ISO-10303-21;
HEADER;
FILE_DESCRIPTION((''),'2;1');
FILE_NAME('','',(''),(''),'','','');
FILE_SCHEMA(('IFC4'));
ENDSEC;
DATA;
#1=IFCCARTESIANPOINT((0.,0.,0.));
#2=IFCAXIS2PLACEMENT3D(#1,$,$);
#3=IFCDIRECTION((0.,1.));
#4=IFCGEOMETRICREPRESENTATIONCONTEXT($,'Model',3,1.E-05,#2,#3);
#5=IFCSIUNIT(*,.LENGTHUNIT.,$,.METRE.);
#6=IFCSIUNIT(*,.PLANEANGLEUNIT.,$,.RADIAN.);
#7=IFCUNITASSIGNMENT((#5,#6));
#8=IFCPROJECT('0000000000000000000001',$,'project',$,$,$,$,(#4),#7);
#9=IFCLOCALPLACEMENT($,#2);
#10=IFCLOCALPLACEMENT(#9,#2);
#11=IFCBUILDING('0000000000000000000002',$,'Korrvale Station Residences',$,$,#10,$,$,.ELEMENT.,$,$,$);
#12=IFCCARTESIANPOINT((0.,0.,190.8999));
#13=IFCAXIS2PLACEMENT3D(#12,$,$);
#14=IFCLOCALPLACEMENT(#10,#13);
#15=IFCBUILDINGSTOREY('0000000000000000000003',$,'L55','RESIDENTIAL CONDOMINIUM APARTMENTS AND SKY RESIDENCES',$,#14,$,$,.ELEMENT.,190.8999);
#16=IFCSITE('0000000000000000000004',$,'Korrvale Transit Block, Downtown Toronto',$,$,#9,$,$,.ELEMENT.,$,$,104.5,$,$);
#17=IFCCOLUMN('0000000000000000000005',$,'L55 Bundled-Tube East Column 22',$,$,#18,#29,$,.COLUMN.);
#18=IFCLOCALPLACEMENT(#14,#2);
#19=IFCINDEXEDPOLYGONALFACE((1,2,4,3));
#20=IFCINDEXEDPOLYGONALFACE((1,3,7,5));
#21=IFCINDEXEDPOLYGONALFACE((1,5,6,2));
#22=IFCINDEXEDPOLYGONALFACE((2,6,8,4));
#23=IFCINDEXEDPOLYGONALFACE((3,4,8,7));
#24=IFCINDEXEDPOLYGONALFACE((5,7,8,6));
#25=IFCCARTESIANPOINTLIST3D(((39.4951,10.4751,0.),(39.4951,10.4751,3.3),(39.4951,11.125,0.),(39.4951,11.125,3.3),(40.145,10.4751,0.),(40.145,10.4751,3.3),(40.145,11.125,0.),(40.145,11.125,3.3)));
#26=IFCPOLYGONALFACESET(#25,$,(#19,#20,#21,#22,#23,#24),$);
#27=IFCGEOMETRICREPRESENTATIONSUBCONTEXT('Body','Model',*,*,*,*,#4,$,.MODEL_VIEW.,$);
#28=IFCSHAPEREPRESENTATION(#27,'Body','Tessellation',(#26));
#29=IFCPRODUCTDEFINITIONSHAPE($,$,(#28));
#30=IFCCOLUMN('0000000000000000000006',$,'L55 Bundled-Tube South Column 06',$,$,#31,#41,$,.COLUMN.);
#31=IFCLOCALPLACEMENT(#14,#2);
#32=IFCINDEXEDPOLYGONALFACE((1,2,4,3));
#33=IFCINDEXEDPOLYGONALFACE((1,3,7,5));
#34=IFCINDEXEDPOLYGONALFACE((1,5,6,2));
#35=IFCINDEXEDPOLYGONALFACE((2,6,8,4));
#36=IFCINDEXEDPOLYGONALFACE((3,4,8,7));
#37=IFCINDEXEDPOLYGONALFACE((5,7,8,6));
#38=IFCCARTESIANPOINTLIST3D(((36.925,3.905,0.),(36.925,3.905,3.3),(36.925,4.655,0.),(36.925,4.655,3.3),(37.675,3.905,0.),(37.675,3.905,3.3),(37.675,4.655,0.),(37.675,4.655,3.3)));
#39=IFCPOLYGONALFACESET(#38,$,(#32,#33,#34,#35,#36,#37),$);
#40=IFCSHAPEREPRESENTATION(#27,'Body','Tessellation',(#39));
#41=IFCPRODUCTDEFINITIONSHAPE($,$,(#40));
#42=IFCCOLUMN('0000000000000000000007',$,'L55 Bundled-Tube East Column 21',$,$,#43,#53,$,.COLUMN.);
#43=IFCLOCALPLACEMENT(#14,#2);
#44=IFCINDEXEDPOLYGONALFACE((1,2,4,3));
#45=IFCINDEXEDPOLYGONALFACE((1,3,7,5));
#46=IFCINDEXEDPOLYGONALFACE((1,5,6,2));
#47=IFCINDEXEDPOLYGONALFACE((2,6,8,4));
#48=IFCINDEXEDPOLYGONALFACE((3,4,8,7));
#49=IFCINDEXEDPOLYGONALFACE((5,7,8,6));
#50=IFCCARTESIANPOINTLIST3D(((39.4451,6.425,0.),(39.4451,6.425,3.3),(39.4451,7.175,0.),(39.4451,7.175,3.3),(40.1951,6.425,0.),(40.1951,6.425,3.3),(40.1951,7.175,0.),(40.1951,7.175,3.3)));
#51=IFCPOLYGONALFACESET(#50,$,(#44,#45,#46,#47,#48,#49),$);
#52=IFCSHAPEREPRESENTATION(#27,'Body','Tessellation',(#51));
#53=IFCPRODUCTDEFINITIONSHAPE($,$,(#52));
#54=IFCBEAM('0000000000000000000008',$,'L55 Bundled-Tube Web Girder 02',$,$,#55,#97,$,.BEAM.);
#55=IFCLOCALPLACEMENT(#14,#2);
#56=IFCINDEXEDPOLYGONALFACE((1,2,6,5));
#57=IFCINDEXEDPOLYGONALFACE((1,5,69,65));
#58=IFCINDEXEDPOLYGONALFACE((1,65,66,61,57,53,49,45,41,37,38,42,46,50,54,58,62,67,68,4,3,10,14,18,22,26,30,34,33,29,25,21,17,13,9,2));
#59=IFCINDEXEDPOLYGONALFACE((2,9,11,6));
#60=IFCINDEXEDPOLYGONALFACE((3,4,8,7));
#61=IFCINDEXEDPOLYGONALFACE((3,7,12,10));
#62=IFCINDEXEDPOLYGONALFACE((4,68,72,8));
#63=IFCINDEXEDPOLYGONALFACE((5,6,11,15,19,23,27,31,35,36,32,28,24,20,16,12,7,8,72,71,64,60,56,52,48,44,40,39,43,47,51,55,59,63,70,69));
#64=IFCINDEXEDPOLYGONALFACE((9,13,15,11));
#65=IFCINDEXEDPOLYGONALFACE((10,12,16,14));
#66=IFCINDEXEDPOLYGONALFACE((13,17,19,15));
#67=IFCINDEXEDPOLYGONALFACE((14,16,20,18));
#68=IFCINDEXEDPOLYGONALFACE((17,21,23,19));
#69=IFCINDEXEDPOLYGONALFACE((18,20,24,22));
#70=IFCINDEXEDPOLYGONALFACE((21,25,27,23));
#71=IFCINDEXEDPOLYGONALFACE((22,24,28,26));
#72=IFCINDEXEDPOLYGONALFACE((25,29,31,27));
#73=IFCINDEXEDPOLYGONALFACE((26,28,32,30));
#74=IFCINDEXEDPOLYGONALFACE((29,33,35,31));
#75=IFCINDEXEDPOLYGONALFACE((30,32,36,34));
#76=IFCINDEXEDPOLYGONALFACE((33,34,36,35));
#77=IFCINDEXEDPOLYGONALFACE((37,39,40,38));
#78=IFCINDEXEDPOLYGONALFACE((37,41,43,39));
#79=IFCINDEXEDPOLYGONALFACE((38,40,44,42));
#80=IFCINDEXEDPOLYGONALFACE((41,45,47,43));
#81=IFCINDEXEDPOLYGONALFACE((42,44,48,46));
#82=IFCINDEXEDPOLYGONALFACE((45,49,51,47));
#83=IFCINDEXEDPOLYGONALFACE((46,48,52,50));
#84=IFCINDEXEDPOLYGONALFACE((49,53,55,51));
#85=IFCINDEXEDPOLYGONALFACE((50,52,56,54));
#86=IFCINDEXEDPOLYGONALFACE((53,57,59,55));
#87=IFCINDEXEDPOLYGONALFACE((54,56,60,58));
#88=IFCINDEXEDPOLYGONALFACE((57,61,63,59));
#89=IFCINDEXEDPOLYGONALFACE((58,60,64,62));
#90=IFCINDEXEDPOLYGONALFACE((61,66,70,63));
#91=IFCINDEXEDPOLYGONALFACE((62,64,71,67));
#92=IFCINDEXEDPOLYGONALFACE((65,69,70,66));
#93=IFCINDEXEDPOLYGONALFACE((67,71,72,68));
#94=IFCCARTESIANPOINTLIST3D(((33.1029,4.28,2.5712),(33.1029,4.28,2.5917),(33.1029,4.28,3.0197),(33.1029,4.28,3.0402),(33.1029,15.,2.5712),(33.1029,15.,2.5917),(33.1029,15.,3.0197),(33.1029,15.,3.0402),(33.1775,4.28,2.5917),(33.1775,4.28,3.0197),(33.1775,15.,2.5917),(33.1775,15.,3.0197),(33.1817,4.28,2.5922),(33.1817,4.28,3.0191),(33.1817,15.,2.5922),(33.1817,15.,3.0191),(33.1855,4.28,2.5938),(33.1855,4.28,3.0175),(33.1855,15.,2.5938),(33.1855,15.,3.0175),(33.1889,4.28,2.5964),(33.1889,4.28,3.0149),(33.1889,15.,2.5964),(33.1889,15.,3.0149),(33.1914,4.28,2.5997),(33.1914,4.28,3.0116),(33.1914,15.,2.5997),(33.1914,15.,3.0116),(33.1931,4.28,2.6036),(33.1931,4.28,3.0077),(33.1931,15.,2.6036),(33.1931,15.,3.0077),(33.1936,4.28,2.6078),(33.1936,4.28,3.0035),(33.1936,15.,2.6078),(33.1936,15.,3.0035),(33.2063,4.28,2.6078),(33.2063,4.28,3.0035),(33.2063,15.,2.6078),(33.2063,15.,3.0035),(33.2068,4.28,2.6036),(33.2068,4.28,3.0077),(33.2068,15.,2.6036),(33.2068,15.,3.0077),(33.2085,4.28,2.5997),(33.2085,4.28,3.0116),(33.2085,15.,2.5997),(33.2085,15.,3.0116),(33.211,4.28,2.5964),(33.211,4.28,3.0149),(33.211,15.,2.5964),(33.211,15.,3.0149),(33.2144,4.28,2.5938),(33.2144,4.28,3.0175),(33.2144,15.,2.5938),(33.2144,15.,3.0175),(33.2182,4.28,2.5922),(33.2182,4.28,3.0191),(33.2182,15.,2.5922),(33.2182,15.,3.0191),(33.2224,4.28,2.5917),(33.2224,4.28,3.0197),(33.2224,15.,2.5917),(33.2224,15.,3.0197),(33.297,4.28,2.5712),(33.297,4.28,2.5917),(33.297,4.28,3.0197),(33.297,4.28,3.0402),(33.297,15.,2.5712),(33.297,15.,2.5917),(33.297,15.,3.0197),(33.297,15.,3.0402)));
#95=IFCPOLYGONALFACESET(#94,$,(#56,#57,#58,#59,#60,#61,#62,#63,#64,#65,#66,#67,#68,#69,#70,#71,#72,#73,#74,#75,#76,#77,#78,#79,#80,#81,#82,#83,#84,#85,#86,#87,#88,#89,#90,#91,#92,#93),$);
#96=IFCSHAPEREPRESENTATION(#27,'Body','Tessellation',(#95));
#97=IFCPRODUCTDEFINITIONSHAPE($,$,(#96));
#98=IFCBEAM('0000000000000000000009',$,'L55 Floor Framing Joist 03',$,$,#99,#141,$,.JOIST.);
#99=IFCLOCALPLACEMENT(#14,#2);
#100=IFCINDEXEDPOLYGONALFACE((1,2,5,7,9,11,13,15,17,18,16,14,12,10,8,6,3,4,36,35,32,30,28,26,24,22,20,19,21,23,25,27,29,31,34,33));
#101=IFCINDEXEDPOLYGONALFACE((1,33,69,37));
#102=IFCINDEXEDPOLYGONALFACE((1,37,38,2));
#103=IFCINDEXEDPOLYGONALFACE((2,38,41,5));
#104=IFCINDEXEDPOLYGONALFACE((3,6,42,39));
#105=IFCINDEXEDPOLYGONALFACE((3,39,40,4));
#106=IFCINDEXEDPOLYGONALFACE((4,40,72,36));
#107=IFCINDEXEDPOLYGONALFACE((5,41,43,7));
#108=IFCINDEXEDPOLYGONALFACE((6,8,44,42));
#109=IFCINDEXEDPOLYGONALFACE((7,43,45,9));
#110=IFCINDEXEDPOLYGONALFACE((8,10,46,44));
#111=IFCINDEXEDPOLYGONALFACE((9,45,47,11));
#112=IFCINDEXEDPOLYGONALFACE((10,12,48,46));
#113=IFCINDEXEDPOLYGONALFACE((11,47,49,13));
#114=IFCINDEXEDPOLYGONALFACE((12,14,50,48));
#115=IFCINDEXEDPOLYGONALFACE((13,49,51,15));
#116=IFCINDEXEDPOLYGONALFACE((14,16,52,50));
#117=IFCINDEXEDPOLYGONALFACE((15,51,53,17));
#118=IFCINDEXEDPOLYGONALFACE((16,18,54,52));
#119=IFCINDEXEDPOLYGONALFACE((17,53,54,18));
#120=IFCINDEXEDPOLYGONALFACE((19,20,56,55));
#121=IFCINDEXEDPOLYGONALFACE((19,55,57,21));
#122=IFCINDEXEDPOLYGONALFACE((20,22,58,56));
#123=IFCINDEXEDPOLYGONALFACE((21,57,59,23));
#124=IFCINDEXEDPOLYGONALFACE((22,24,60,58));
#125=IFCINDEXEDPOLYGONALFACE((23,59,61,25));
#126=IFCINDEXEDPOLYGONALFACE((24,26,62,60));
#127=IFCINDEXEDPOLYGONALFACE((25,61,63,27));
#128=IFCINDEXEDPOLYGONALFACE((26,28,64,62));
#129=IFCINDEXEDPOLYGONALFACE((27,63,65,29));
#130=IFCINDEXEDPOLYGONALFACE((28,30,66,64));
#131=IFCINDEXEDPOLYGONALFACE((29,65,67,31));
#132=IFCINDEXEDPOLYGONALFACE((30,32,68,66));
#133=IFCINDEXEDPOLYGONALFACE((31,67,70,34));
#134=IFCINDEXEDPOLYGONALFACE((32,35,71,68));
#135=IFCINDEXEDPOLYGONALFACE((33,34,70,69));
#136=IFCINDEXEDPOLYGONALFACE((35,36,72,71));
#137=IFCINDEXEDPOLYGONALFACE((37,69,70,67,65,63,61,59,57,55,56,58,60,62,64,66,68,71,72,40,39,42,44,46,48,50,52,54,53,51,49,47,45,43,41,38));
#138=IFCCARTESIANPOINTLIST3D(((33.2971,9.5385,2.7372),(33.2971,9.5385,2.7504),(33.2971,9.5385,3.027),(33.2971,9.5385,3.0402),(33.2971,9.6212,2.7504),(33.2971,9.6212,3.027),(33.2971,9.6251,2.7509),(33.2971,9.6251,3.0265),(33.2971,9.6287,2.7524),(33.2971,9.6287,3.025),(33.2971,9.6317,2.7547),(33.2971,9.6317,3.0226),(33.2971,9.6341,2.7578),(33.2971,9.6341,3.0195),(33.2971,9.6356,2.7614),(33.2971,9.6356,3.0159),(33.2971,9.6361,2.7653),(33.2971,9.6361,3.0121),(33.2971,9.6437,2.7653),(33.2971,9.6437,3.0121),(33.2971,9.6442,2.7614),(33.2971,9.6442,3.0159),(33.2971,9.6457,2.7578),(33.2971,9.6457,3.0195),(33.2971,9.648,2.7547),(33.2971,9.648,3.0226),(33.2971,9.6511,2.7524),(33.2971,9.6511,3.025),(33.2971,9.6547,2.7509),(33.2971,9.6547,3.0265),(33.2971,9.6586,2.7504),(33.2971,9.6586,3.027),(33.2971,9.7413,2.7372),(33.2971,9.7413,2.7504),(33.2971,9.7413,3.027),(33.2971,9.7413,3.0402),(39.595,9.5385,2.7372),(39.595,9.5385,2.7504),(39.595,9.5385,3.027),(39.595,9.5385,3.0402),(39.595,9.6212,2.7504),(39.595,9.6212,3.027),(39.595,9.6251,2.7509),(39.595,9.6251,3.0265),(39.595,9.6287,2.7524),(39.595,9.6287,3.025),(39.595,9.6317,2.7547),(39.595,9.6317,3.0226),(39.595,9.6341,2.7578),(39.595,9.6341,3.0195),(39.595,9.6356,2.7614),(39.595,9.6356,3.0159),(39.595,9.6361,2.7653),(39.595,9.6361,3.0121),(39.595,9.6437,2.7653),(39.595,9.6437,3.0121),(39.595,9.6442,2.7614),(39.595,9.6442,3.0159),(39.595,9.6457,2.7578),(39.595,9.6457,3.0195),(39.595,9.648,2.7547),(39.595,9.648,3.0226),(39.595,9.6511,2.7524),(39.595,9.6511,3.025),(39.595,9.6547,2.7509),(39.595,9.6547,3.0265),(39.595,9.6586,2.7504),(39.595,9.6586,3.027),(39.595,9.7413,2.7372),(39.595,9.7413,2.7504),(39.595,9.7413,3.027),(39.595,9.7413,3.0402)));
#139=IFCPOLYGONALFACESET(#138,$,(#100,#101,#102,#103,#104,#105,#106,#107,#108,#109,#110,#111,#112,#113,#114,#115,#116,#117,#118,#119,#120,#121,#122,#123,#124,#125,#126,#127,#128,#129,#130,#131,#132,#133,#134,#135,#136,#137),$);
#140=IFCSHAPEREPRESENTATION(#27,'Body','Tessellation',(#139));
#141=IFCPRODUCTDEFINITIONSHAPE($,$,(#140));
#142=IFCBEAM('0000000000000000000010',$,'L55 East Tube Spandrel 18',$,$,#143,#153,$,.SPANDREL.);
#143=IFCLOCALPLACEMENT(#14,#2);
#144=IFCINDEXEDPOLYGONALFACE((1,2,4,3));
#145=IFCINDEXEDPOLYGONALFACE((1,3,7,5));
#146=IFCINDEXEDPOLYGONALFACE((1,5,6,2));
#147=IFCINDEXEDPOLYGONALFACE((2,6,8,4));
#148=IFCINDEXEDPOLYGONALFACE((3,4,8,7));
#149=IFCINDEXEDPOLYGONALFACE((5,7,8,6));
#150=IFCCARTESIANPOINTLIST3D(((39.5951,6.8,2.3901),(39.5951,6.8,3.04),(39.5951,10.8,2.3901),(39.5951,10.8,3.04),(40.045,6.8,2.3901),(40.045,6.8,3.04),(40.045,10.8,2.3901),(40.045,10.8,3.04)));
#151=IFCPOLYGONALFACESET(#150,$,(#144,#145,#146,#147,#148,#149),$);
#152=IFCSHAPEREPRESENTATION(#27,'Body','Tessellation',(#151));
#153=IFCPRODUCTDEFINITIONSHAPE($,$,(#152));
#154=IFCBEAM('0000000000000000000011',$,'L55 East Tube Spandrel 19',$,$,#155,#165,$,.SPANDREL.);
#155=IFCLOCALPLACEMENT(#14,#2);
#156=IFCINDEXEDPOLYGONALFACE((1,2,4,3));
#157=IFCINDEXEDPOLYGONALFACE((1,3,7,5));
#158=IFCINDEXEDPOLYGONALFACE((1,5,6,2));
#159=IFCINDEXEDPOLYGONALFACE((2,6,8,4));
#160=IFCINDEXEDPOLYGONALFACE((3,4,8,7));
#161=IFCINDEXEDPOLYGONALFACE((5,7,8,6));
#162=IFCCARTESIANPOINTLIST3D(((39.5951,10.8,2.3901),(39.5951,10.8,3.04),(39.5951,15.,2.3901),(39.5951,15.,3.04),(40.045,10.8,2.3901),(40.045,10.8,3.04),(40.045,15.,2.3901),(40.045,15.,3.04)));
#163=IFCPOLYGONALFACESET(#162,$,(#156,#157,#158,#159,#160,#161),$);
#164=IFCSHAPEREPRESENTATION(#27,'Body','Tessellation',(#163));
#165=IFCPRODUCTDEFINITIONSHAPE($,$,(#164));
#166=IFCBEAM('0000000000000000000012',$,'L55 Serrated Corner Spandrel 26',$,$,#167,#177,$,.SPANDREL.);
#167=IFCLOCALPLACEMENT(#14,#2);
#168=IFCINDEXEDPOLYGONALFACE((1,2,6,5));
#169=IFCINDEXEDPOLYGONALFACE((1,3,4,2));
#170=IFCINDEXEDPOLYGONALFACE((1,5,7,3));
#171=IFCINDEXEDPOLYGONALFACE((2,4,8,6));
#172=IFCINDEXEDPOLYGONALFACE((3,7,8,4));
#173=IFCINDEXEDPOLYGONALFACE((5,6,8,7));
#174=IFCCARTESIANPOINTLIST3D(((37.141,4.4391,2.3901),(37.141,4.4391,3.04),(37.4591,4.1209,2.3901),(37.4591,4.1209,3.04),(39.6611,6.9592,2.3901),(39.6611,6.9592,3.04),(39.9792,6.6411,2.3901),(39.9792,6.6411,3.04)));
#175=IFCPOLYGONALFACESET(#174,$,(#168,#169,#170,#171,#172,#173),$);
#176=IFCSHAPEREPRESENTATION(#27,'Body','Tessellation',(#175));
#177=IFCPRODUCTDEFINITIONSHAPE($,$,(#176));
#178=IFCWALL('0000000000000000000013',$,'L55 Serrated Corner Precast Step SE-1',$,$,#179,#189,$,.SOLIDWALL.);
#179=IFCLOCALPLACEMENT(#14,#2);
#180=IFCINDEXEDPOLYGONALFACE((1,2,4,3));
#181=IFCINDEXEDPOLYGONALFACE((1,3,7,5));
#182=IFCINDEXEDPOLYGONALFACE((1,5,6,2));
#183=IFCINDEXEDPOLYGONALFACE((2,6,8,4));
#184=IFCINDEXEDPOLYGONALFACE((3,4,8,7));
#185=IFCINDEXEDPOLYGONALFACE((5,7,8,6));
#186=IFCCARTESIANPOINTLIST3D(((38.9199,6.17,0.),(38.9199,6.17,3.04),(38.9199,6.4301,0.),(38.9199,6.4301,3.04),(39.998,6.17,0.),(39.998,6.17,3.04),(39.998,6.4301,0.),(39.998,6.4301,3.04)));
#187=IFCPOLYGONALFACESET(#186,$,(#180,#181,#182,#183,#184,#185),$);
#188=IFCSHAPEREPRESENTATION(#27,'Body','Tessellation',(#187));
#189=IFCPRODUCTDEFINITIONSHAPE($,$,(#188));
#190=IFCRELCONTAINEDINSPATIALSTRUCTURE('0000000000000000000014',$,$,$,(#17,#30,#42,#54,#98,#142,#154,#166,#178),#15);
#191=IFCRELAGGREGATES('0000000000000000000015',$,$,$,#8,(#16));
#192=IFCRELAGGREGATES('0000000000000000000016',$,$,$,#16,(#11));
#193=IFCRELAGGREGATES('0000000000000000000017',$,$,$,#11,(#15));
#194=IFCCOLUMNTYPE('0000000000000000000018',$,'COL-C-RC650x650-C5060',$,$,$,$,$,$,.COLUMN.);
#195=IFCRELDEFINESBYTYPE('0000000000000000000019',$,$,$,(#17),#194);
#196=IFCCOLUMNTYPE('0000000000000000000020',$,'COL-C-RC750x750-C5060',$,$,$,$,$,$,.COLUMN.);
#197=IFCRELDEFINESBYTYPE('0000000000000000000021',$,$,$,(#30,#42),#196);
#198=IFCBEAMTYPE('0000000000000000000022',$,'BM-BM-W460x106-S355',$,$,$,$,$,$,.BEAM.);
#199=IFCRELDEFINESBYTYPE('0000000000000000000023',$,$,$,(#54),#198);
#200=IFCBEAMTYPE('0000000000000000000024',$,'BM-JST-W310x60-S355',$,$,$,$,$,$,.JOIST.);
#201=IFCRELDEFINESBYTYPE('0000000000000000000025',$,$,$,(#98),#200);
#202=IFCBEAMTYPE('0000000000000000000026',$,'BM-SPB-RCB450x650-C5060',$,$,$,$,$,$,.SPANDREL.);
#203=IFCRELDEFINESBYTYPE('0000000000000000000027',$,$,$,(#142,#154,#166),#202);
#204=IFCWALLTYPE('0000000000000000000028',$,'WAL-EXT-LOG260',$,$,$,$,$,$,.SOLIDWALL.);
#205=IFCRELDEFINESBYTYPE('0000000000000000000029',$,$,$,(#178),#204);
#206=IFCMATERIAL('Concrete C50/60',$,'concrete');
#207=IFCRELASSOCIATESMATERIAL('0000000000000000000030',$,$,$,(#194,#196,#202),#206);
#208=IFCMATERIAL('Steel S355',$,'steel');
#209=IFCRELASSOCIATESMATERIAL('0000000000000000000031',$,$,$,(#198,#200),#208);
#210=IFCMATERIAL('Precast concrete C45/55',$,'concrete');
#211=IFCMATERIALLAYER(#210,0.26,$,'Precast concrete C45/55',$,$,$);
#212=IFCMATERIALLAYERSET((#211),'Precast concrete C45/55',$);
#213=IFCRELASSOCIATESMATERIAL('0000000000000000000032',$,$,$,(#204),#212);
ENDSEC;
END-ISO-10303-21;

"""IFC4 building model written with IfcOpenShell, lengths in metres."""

from ifc_helpers import new_model, si_unit, direction, frame, frame_2d, origin, origin_2d, place, context, subcontext, project, spatial, rectangle, i_section, extrude, material, layer, layer_set, material_profile, profile_set, type_object, element, save


model = new_model("IFC4")

# Units and contexts
model_context = context("Model", 3, precision=1e-05, world=origin(), true_north=direction((0.0, 1.0)))
body_context = subcontext(model_context, "Body", "Model", "MODEL_VIEW")
ifc_project = project(units=[si_unit("LENGTHUNIT", "METRE"), si_unit("PLANEANGLEUNIT", "RADIAN")], contexts=[model_context])

# Site, building, storey
site_placement = place(None, origin())
site = spatial("IfcSite", under=ifc_project, at=site_placement, Name="Korrvale Transit Block, Downtown Toronto", CompositionType="ELEMENT", RefElevation=104.5)
building_placement = place(site_placement, origin())
building = spatial("IfcBuilding", under=site, at=building_placement, Name="Korrvale Station Residences", CompositionType="ELEMENT")
storey_placement = place(building_placement, frame((0.0, 0.0, 190.8999)))
storey = spatial("IfcBuildingStorey", under=building, at=storey_placement, Name="L55", Description="RESIDENTIAL CONDOMINIUM APARTMENTS AND SKY RESIDENCES", CompositionType="ELEMENT", Elevation=190.8999)

# Columns
ifc_material_1 = material(Name="Concrete C50/60", Category="concrete")
ifc_material_profile_1 = material_profile(ifc_material_1, rectangle(XDim=0.6499, YDim=0.6499, at=origin_2d()), Name="RC650x650")
ifc_profile_set_1 = profile_set([ifc_material_profile_1], Name="Concrete C50/60")
column_type_1 = type_object("IfcColumnType", Name="COL-C-RC650x650-C5060", PredefinedType="COLUMN", material=ifc_profile_set_1)
column_placement = place(storey_placement, frame((39.8201, 10.8, 0.0), z_axis=(0.0, 0.0, 1.0), x_axis=(1.0, 0.0, 0.0)))
element("IfcColumn", 1, at=column_placement, inside=storey, type_object=column_type_1, Name="L55 Bundled-Tube East Column 22", PredefinedType="COLUMN", context=body_context, shape_type="SweptSolid", body=[
    extrude(rectangle(XDim=0.6499, YDim=0.6499, at=origin_2d()), origin(), (0.0, 0.0, 1.0), 3.3),
])
ifc_material_profile_2 = material_profile(ifc_material_1, rectangle(XDim=0.75, YDim=0.75, at=origin_2d()), Name="RC750x750")
ifc_profile_set_2 = profile_set([ifc_material_profile_2], Name="Concrete C50/60")
column_type_2 = type_object("IfcColumnType", Name="COL-C-RC750x750-C5060", PredefinedType="COLUMN", material=ifc_profile_set_2)
for number, where, z_axis, x_axis, name in (
    (2, (37.3, 4.28, 0.0), (0.0, 0.0, 1.0), (1.0, 0.0, 0.0), "L55 Bundled-Tube South Column 06"),
    (3, (39.8201, 6.8, 0.0), (0.0, 0.0, 1.0), (1.0, 0.0, 0.0), "L55 Bundled-Tube East Column 21"),
):
    element("IfcColumn", number, at=place(storey_placement, frame(where, z_axis=z_axis, x_axis=x_axis)), inside=storey, type_object=column_type_2, Name=name, PredefinedType="COLUMN", context=body_context, shape_type="SweptSolid", body=[
        extrude(rectangle(XDim=0.75, YDim=0.75, at=origin_2d()), origin(), (0.0, 0.0, 1.0), 3.3),
    ])

# Beams
ifc_material_2 = material(Name="Steel S355", Category="steel")
ifc_material_profile_3 = material_profile(ifc_material_2, i_section(OverallWidth=0.1941, OverallDepth=0.469, WebThickness=0.0127, FlangeThickness=0.0205, FilletRadius=0.0161, at=origin_2d()), Name="W460x106")
ifc_profile_set_3 = profile_set([ifc_material_profile_3], Name="Steel S355")
beam_type_1 = type_object("IfcBeamType", Name="BM-BM-W460x106-S355", PredefinedType="BEAM", material=ifc_profile_set_3)
beam_1_placement = place(storey_placement, frame((33.2, 4.28, 2.8057), z_axis=(0.0, 1.0, 0.0), x_axis=(-1.0, 0.0, 0.0)))
element("IfcBeam", 4, at=beam_1_placement, inside=storey, type_object=beam_type_1, Name="L55 Bundled-Tube Web Girder 02", PredefinedType="BEAM", context=body_context, shape_type="SweptSolid", body=[
    extrude(i_section(OverallWidth=0.1941, OverallDepth=0.469, WebThickness=0.0127, FlangeThickness=0.0205, FilletRadius=0.0161, at=origin_2d()), origin(), (0.0, 0.0, 1.0), 10.72),
])
ifc_material_profile_4 = material_profile(ifc_material_2, i_section(OverallWidth=0.2029, OverallDepth=0.303, WebThickness=0.0076, FlangeThickness=0.0132, FilletRadius=0.0149, at=origin_2d()), Name="W310x60")
ifc_profile_set_4 = profile_set([ifc_material_profile_4], Name="Steel S355")
beam_type_2 = type_object("IfcBeamType", Name="BM-JST-W310x60-S355", PredefinedType="JOIST", material=ifc_profile_set_4)
beam_2_placement = place(storey_placement, frame((33.2971, 9.6399, 2.8887), z_axis=(1.0, 0.0, 0.0), x_axis=(0.0, 1.0, 0.0)))
element("IfcBeam", 5, at=beam_2_placement, inside=storey, type_object=beam_type_2, Name="L55 Floor Framing Joist 03", PredefinedType="JOIST", context=body_context, shape_type="SweptSolid", body=[
    extrude(i_section(OverallWidth=0.2029, OverallDepth=0.303, WebThickness=0.0076, FlangeThickness=0.0132, FilletRadius=0.0149, at=origin_2d()), origin(), (0.0, 0.0, 1.0), 6.2979),
])
ifc_material_profile_5 = material_profile(ifc_material_1, rectangle(XDim=0.45, YDim=0.6499, at=origin_2d()), Name="RCB450x650")
ifc_profile_set_5 = profile_set([ifc_material_profile_5], Name="Concrete C50/60")
beam_type_3 = type_object("IfcBeamType", Name="BM-SPB-RCB450x650-C5060", PredefinedType="SPANDREL", material=ifc_profile_set_5)
beam_3_placement = place(storey_placement, frame((39.8201, 6.8, 2.7151), z_axis=(0.0, 1.0, 0.0), x_axis=(-1.0, 0.0, 0.0)))
element("IfcBeam", 6, at=beam_3_placement, inside=storey, type_object=beam_type_3, Name="L55 East Tube Spandrel 18", PredefinedType="SPANDREL", context=body_context, shape_type="SweptSolid", body=[
    extrude(rectangle(XDim=0.45, YDim=0.6499, at=origin_2d()), origin(), (0.0, 0.0, 1.0), 4.0),
])
beam_4_placement = place(storey_placement, frame((39.8201, 10.8, 2.7151), z_axis=(0.0, 1.0, 0.0), x_axis=(-1.0, 0.0, 0.0)))
element("IfcBeam", 7, at=beam_4_placement, inside=storey, type_object=beam_type_3, Name="L55 East Tube Spandrel 19", PredefinedType="SPANDREL", context=body_context, shape_type="SweptSolid", body=[
    extrude(rectangle(XDim=0.45, YDim=0.6499, at=origin_2d()), origin(), (0.0, 0.0, 1.0), 4.2),
])
beam_5_placement = place(storey_placement, frame((37.3, 4.28, 2.7151), z_axis=(0.707107, 0.707107, 0.0), x_axis=(-0.707107, 0.707107, 0.0)))
element("IfcBeam", 8, at=beam_5_placement, inside=storey, type_object=beam_type_3, Name="L55 Serrated Corner Spandrel 26", PredefinedType="SPANDREL", context=body_context, shape_type="SweptSolid", body=[
    extrude(rectangle(XDim=0.45, YDim=0.6499, at=origin_2d()), origin(), (0.0, 0.0, 1.0), 3.564),
])

# Wall
ifc_material_3 = material(Name="Precast concrete C45/55", Category="concrete")
ifc_layer_1 = layer(ifc_material_3, 0.26, Name="Precast concrete C45/55")
ifc_layer_set_1 = layer_set([ifc_layer_1], Name="Precast concrete C45/55")
wall_type_1 = type_object("IfcWallType", Name="WAL-EXT-LOG260", PredefinedType="SOLIDWALL", material=ifc_layer_set_1)
wall_1_placement = place(storey_placement, frame((39.998, 6.3, 0.0), z_axis=(0.0, 0.0, 1.0), x_axis=(-1.0, 0.0, 0.0)))
element("IfcWall", 9, at=wall_1_placement, inside=storey, type_object=wall_type_1, Name="L55 Serrated Corner Precast Step SE-1", PredefinedType="SOLIDWALL", context=body_context, shape_type="SweptSolid", body=[
    extrude(rectangle(XDim=1.0781, YDim=0.26, at=frame_2d((0.5391, 0.0))), origin(), (0.0, 0.0, 1.0), 3.04),
])

save(model, "model.ifc")
